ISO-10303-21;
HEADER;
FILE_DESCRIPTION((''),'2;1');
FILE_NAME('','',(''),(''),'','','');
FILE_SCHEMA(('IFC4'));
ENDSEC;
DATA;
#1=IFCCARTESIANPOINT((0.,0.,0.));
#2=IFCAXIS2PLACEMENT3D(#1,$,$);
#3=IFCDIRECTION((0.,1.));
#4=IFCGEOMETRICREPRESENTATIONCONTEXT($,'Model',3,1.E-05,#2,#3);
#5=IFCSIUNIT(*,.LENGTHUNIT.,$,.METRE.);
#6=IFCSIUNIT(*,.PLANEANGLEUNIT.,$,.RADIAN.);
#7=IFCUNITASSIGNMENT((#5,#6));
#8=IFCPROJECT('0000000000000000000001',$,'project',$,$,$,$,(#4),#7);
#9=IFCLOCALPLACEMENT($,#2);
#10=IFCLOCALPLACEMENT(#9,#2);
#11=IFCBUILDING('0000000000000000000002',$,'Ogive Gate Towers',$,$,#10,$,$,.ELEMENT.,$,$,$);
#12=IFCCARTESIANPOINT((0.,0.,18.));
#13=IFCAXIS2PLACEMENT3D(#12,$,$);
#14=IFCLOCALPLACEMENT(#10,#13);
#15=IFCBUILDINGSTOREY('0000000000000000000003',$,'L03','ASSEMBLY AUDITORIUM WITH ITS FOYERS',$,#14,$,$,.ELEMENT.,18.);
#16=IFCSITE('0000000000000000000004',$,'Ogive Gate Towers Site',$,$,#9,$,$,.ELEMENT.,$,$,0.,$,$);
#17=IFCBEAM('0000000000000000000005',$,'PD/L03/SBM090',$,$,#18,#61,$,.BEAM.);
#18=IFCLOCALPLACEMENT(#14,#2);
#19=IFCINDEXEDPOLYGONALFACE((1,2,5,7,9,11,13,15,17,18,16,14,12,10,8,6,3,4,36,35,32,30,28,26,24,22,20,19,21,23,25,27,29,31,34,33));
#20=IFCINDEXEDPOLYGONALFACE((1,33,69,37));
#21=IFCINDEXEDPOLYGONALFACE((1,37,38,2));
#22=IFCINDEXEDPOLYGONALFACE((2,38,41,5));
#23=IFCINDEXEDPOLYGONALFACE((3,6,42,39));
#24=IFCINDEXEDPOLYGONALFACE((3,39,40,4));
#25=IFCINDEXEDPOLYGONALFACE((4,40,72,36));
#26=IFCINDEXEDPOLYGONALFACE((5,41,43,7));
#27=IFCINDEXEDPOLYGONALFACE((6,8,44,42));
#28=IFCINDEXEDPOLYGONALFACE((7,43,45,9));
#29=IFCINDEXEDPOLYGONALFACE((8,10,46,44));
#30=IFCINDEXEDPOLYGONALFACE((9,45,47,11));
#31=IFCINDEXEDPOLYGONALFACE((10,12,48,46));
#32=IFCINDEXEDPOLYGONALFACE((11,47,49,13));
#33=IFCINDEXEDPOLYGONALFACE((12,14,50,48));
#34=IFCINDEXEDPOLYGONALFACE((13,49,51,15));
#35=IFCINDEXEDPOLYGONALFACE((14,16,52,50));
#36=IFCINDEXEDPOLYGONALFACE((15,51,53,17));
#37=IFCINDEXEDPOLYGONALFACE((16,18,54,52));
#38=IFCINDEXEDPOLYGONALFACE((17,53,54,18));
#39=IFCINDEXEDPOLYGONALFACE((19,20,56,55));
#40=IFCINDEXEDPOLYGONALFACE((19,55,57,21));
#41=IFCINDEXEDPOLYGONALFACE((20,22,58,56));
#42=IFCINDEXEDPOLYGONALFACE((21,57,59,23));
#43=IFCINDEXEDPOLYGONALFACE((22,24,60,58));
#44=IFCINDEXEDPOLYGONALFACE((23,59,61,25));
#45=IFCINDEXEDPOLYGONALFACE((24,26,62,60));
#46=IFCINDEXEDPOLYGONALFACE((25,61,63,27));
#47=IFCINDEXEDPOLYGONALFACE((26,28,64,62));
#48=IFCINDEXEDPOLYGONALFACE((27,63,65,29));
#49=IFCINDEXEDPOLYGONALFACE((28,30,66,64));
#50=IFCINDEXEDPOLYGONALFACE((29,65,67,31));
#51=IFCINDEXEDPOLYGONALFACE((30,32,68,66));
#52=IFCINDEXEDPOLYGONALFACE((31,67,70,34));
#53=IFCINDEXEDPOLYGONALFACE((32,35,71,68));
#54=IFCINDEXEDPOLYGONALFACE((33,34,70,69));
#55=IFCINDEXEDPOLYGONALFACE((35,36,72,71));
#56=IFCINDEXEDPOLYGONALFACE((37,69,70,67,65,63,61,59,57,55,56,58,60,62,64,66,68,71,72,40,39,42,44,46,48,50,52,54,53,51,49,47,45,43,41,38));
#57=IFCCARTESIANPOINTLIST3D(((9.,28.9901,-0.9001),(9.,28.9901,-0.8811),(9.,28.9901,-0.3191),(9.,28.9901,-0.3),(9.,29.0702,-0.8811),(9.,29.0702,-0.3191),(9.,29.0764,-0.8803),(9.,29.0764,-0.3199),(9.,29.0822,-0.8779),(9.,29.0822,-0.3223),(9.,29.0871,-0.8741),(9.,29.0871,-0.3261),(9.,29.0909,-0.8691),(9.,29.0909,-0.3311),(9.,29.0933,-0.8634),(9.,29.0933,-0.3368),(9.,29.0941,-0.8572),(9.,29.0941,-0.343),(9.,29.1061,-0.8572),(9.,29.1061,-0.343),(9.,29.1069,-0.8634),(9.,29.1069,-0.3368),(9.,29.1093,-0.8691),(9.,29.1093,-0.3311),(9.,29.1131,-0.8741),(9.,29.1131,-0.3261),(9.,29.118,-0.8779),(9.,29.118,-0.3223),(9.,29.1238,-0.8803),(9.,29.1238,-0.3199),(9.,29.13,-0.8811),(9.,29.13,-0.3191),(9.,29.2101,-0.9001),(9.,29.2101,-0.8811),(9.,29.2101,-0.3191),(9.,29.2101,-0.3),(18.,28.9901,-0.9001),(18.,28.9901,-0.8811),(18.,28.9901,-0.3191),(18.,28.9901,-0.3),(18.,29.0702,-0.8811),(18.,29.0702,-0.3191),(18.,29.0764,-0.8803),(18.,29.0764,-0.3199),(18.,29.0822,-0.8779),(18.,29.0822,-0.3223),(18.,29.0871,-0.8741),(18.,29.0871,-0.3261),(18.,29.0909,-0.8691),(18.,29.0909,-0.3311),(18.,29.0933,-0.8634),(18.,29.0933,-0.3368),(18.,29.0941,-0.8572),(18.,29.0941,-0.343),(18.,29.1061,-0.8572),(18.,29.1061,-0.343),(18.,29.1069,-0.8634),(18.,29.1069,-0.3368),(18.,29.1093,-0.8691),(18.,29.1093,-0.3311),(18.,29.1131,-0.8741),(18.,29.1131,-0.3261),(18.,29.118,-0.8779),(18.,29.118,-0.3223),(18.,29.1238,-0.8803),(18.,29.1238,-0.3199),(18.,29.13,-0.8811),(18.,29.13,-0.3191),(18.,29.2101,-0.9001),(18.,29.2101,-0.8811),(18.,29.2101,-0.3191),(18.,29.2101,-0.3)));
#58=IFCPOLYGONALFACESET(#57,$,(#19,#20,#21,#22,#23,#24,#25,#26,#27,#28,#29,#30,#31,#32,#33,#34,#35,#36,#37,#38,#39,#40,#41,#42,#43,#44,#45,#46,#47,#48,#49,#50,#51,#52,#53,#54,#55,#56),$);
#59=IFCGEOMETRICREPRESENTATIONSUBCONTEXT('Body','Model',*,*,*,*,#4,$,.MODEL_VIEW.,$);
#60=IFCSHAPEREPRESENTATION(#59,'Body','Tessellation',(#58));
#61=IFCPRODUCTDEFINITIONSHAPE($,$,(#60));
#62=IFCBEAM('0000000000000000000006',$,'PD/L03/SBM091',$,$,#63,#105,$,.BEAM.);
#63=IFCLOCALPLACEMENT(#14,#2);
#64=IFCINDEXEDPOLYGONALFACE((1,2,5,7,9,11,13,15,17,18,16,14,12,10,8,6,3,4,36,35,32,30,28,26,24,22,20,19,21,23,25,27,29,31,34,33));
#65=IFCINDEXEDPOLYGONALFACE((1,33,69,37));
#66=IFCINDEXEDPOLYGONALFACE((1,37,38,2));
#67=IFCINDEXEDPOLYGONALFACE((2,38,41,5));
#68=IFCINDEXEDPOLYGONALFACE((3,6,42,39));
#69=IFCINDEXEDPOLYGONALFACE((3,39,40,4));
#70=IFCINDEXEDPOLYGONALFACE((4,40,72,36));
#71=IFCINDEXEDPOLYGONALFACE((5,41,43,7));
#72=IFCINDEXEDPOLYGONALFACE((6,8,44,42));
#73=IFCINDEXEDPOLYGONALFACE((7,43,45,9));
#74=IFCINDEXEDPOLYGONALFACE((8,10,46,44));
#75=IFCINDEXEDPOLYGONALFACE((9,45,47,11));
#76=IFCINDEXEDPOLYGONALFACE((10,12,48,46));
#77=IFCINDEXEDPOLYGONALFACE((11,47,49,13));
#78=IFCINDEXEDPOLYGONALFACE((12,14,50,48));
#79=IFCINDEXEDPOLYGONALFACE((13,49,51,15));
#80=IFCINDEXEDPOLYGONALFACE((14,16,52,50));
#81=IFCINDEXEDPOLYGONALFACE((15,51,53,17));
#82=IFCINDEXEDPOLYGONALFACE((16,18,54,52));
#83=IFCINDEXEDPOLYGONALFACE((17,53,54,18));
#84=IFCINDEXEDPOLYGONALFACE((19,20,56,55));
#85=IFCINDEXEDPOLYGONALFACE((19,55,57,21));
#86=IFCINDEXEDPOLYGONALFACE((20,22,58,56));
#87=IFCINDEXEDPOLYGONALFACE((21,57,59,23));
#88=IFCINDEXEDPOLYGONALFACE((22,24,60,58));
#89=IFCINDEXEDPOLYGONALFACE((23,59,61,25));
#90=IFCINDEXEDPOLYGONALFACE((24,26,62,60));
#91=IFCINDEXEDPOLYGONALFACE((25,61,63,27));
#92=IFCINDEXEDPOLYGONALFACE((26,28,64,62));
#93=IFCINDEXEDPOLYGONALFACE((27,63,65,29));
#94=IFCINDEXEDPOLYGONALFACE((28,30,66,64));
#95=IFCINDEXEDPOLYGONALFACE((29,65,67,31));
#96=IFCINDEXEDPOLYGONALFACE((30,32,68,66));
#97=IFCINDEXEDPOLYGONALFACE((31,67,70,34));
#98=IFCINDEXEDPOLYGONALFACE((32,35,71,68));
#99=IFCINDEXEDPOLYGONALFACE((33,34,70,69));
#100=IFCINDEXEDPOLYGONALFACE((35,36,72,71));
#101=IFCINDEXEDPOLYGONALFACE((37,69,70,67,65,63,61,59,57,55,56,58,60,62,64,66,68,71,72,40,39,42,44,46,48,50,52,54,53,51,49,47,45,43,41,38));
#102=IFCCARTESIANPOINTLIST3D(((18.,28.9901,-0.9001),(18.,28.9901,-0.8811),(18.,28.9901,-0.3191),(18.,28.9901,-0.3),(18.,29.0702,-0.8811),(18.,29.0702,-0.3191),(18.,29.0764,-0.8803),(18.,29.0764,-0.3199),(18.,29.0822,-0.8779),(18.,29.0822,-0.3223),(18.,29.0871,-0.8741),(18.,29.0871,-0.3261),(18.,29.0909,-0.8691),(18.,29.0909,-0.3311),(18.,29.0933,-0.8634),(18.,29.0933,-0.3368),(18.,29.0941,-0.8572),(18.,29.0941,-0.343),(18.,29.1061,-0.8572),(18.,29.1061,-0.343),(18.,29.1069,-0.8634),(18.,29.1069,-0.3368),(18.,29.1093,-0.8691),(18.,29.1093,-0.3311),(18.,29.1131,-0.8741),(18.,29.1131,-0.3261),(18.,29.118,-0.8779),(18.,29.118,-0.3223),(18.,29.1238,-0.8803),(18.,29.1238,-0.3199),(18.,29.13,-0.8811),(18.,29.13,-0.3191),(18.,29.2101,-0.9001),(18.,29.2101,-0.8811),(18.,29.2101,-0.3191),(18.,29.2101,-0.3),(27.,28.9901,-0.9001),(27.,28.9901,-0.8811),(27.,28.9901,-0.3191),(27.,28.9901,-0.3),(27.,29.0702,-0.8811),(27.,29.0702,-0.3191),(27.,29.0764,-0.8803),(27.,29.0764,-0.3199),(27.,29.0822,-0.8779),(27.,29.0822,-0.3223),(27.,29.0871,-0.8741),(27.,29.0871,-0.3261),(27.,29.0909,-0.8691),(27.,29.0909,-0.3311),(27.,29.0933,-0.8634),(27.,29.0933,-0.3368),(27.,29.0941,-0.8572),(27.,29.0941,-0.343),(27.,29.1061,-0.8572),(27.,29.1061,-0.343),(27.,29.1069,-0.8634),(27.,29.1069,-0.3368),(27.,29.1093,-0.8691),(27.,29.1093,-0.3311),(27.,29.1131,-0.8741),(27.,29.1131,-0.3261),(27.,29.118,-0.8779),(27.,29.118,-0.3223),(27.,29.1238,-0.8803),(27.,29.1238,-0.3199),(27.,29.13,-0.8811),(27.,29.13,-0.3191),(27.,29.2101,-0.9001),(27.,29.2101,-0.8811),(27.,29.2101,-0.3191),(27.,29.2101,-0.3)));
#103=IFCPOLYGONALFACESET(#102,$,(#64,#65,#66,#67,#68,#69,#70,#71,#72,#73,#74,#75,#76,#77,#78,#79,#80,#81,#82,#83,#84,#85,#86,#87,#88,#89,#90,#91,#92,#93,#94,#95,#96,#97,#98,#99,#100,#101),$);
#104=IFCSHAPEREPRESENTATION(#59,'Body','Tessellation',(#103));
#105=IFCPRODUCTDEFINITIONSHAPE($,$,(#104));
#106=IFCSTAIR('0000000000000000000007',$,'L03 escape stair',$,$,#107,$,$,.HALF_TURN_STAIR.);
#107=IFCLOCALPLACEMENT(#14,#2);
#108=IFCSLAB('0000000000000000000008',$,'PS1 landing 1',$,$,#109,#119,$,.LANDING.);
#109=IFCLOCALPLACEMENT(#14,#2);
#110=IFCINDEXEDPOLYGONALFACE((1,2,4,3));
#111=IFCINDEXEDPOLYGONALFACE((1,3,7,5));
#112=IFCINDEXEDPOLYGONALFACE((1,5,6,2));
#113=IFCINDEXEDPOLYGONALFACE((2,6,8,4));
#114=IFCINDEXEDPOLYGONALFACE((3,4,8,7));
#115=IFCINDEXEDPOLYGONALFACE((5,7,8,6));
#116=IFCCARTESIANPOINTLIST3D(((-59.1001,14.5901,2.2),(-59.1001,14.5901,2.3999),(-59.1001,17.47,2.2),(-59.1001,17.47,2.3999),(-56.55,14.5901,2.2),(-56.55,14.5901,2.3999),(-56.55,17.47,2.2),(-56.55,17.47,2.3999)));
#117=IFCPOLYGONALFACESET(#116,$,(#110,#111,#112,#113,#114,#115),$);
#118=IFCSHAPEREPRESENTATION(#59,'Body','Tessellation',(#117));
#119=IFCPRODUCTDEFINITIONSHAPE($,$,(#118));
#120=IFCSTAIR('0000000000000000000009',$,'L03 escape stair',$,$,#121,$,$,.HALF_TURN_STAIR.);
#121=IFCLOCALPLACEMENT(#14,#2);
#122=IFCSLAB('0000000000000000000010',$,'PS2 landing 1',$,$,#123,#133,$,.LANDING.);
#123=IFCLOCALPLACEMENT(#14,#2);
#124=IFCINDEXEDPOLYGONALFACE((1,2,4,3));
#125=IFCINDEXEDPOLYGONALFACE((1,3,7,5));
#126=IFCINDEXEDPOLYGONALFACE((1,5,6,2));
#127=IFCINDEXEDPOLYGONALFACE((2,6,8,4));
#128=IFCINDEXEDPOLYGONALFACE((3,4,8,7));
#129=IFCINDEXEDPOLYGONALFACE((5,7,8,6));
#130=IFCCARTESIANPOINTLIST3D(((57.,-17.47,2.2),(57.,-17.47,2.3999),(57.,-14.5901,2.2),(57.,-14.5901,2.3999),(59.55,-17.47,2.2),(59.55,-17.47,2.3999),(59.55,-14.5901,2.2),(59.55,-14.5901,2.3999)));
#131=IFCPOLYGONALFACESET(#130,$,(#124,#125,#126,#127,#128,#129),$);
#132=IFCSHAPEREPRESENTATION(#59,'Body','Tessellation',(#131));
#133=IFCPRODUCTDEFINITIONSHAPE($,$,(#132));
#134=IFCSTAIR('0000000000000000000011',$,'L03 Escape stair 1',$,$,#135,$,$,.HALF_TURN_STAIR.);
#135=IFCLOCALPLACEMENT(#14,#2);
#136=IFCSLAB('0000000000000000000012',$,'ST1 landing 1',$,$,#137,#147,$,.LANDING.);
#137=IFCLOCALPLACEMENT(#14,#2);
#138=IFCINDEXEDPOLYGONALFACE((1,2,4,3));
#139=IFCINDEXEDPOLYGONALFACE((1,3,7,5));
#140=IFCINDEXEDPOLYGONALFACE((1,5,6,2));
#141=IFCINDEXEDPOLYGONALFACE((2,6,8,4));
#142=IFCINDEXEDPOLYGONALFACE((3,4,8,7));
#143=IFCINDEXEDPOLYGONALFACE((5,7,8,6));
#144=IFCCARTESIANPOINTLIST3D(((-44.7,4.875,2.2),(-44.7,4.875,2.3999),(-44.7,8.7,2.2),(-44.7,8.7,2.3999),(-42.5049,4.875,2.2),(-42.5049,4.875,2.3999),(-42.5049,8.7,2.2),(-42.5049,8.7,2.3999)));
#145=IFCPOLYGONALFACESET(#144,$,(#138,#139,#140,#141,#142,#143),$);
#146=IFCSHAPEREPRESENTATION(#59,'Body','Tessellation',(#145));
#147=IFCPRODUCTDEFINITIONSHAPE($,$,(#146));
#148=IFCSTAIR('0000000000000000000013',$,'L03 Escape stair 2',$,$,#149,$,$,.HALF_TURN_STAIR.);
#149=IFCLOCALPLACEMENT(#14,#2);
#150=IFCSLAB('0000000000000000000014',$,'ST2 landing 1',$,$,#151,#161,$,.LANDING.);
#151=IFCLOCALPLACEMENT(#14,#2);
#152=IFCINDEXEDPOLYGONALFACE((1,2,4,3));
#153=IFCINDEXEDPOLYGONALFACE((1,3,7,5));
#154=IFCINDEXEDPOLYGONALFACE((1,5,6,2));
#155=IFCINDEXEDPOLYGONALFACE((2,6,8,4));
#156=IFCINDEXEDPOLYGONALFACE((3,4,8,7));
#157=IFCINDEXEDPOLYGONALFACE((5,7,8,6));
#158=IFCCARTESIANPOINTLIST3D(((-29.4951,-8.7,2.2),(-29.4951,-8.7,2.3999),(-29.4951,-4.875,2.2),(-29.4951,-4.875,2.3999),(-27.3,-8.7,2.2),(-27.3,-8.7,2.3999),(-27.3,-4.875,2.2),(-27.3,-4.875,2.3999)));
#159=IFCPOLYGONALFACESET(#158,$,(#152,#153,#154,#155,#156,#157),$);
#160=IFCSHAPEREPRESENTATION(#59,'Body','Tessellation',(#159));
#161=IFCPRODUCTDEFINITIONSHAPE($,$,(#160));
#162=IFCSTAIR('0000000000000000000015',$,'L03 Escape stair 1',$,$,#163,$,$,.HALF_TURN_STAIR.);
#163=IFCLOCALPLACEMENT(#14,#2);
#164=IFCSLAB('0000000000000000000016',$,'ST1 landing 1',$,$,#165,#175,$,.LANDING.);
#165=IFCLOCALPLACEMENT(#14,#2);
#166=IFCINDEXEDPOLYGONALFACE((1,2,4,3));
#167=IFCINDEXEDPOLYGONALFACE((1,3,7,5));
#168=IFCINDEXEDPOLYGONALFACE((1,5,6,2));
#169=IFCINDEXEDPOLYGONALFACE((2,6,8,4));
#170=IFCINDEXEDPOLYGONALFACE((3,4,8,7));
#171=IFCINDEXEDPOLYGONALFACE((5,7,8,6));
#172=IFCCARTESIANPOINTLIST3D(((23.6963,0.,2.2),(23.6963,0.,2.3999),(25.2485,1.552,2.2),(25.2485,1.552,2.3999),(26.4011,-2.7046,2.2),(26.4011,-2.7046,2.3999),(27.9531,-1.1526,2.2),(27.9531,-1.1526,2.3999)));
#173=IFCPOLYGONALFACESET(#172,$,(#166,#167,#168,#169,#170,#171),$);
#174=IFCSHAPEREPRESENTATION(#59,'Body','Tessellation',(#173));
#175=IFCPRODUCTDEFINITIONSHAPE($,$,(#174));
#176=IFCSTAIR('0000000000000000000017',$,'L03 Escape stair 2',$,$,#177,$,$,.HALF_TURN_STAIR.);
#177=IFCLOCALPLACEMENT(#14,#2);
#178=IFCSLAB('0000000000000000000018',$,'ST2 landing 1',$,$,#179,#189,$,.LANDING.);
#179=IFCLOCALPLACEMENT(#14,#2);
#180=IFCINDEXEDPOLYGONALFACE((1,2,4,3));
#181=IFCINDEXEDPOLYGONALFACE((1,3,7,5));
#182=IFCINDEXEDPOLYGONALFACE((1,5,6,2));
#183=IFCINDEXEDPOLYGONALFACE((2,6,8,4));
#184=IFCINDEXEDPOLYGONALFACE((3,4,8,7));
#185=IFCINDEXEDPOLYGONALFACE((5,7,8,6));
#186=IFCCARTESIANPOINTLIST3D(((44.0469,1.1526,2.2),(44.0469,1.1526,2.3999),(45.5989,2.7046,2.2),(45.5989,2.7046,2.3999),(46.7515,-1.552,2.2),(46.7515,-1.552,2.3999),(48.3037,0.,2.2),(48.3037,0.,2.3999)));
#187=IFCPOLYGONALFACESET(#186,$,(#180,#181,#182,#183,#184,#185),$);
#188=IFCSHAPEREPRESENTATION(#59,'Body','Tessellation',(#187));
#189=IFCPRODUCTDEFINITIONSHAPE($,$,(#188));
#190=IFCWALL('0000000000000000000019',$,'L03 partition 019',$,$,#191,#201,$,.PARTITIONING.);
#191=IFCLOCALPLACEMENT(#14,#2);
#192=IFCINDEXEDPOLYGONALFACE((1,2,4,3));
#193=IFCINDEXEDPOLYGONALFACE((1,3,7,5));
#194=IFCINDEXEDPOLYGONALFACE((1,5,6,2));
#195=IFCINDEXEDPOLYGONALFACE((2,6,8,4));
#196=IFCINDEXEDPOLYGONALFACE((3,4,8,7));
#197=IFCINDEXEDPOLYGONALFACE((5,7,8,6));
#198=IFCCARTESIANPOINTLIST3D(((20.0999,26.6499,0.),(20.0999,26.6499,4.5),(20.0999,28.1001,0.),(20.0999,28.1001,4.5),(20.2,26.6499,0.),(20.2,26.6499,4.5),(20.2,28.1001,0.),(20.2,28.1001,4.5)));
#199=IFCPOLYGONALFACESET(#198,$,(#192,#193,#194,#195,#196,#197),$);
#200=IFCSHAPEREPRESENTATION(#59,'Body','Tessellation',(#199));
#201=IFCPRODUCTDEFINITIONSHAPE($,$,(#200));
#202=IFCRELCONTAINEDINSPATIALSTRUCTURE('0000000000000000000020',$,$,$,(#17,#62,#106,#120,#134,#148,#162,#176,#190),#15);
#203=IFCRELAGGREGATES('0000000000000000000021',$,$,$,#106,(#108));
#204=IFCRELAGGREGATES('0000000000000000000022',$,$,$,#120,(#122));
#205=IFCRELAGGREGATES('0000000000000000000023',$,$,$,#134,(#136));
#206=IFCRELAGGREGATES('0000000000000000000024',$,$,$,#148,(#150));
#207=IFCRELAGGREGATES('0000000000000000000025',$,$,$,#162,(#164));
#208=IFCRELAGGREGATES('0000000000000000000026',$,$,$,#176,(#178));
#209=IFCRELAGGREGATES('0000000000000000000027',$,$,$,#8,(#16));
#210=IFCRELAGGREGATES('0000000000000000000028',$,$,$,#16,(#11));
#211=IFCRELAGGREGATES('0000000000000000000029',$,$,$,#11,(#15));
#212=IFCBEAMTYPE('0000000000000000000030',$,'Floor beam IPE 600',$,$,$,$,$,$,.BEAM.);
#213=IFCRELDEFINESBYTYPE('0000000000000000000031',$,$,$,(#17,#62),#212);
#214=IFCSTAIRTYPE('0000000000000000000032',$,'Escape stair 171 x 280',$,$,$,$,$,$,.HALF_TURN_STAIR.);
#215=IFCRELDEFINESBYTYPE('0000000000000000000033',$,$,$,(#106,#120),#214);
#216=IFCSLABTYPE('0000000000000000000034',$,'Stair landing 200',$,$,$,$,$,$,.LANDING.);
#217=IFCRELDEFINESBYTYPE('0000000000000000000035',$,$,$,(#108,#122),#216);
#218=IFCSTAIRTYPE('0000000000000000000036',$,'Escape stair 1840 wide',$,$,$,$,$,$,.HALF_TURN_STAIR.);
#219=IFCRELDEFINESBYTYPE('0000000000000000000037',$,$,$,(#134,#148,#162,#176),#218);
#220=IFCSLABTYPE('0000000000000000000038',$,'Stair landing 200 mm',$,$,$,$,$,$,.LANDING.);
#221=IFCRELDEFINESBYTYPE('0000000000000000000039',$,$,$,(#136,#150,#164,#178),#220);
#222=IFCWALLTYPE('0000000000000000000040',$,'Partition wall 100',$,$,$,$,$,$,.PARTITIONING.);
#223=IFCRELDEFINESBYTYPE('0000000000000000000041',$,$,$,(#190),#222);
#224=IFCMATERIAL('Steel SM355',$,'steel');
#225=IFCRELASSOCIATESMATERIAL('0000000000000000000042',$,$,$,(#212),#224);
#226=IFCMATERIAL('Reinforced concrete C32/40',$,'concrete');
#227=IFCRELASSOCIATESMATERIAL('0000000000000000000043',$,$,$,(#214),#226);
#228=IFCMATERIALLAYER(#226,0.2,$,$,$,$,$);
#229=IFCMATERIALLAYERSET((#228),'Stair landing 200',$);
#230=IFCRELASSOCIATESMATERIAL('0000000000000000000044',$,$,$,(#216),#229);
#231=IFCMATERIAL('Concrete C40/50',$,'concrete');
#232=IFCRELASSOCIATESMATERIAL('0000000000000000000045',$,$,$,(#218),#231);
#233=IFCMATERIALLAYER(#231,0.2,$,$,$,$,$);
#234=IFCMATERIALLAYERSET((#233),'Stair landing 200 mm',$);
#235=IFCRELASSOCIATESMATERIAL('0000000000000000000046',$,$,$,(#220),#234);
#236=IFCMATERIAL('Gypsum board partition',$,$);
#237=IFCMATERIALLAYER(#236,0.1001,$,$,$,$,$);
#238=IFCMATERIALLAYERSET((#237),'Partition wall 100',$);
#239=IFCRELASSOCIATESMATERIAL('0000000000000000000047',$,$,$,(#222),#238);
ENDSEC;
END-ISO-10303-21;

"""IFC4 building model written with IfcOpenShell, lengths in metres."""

from ifc_helpers import new_model, si_unit, direction, frame, frame_2d, origin, origin_2d, place, context, subcontext, project, spatial, polyline, rectangle, i_section, outline, extrude, material, layer, layer_set, material_profile, profile_set, type_object, element, aggregate, save


model = new_model("IFC4")

# Units and contexts
model_context = context("Model", 3, precision=1e-05, world=origin(), true_north=direction((0.0, 1.0)))
body_context = subcontext(model_context, "Body", "Model", "MODEL_VIEW")
ifc_project = project(units=[si_unit("LENGTHUNIT", "METRE"), si_unit("PLANEANGLEUNIT", "RADIAN")], contexts=[model_context])

# Site, building, storey
site_placement = place(None, origin())
site = spatial("IfcSite", under=ifc_project, at=site_placement, Name="Ogive Gate Towers Site", CompositionType="ELEMENT", RefElevation=0.0)
building_placement = place(site_placement, origin())
building = spatial("IfcBuilding", under=site, at=building_placement, Name="Ogive Gate Towers", CompositionType="ELEMENT")
storey_placement = place(building_placement, frame((0.0, 0.0, 18.0)))
storey = spatial("IfcBuildingStorey", under=building, at=storey_placement, Name="L03", Description="ASSEMBLY AUDITORIUM WITH ITS FOYERS", CompositionType="ELEMENT", Elevation=18.0)

# Beams
ifc_material_1 = material(Name="Steel SM355", Category="steel")
ifc_material_profile_1 = material_profile(ifc_material_1, i_section(OverallWidth=0.22, OverallDepth=0.6001, WebThickness=0.012, FlangeThickness=0.019, FilletRadius=0.0239, at=origin_2d()), Name="IPE 600")
ifc_profile_set_1 = profile_set([ifc_material_profile_1], Name="Steel SM355")
beam_type_1 = type_object("IfcBeamType", Name="Floor beam IPE 600", PredefinedType="BEAM", material=ifc_profile_set_1)
for number, where, z_axis, x_axis, name in (
    (1, (9.0, 29.1001, -0.6001), (1.0, 0.0, 0.0), (0.0, 1.0, 0.0), "PD/L03/SBM090"),
    (2, (18.0, 29.1001, -0.6001), (1.0, 0.0, 0.0), (0.0, 1.0, 0.0), "PD/L03/SBM091"),
):
    element("IfcBeam", number, at=place(storey_placement, frame(where, z_axis=z_axis, x_axis=x_axis)), inside=storey, type_object=beam_type_1, Name=name, PredefinedType="BEAM", context=body_context, shape_type="SweptSolid", body=[
        extrude(i_section(OverallWidth=0.22, OverallDepth=0.6001, WebThickness=0.012, FlangeThickness=0.019, FilletRadius=0.0239, at=origin_2d()), origin(), (0.0, 0.0, 1.0), 9.0),
    ])

# Stairs, slabs
ifc_material_2 = material(Name="Reinforced concrete C32/40", Category="concrete")
stair_type_1 = type_object("IfcStairType", Name="Escape stair 171 x 280", PredefinedType="HALF_TURN_STAIR", material=ifc_material_2)
stair_1_placement = place(storey_placement, origin())
stair_1 = element("IfcStair", 3, at=stair_1_placement, inside=storey, type_object=stair_type_1, Name="L03 escape stair", PredefinedType="HALF_TURN_STAIR")
ifc_layer_1 = layer(ifc_material_2, 0.2)
ifc_layer_set_1 = layer_set([ifc_layer_1], Name="Stair landing 200")
slab_type_1 = type_object("IfcSlabType", Name="Stair landing 200", PredefinedType="LANDING", material=ifc_layer_set_1)
slab_1_placement = place(storey_placement, frame((0.0, 0.0, 2.2)))
slab_1 = element("IfcSlab", 4, at=slab_1_placement, type_object=slab_type_1, Name="PS1 landing 1", PredefinedType="LANDING", context=body_context, shape_type="SweptSolid", body=[
    extrude(outline(polyline([(-56.55, 14.5901), (-56.55, 17.47), (-59.1001, 17.47), (-59.1001, 14.5901), (-56.55, 14.5901)])), origin(), (0.0, 0.0, 1.0), 0.2),
])
aggregate(stair_1, [slab_1])
stair_2_placement = place(storey_placement, origin())
stair_2 = element("IfcStair", 5, at=stair_2_placement, inside=storey, type_object=stair_type_1, Name="L03 escape stair", PredefinedType="HALF_TURN_STAIR")
slab_2_placement = place(storey_placement, frame((0.0, 0.0, 2.2)))
slab_2 = element("IfcSlab", 6, at=slab_2_placement, type_object=slab_type_1, Name="PS2 landing 1", PredefinedType="LANDING", context=body_context, shape_type="SweptSolid", body=[
    extrude(outline(polyline([(57.0, -14.5901), (57.0, -17.47), (59.55, -17.47), (59.55, -14.5901), (57.0, -14.5901)])), origin(), (0.0, 0.0, 1.0), 0.2),
])
aggregate(stair_2, [slab_2])
ifc_material_3 = material(Name="Concrete C40/50", Category="concrete")
stair_type_2 = type_object("IfcStairType", Name="Escape stair 1840 wide", PredefinedType="HALF_TURN_STAIR", material=ifc_material_3)
stair_3_placement = place(storey_placement, origin())
stair_3 = element("IfcStair", 7, at=stair_3_placement, inside=storey, type_object=stair_type_2, Name="L03 Escape stair 1", PredefinedType="HALF_TURN_STAIR")
ifc_layer_2 = layer(ifc_material_3, 0.2)
ifc_layer_set_2 = layer_set([ifc_layer_2], Name="Stair landing 200 mm")
slab_type_2 = type_object("IfcSlabType", Name="Stair landing 200 mm", PredefinedType="LANDING", material=ifc_layer_set_2)
slab_3_placement = place(storey_placement, frame((0.0, 0.0, 2.2)))
slab_3 = element("IfcSlab", 8, at=slab_3_placement, type_object=slab_type_2, Name="ST1 landing 1", PredefinedType="LANDING", context=body_context, shape_type="SweptSolid", body=[
    extrude(outline(polyline([(-42.5049, 8.7), (-44.7, 8.7), (-44.7, 4.875), (-42.5049, 4.875), (-42.5049, 8.7)])), origin(), (0.0, 0.0, 1.0), 0.2),
])
aggregate(stair_3, [slab_3])
stair_4_placement = place(storey_placement, origin())
stair_4 = element("IfcStair", 9, at=stair_4_placement, inside=storey, type_object=stair_type_2, Name="L03 Escape stair 2", PredefinedType="HALF_TURN_STAIR")
slab_4_placement = place(storey_placement, frame((0.0, 0.0, 2.2)))
slab_4 = element("IfcSlab", 10, at=slab_4_placement, type_object=slab_type_2, Name="ST2 landing 1", PredefinedType="LANDING", context=body_context, shape_type="SweptSolid", body=[
    extrude(outline(polyline([(-29.4951, -8.7), (-27.3, -8.7), (-27.3, -4.875), (-29.4951, -4.875), (-29.4951, -8.7)])), origin(), (0.0, 0.0, 1.0), 0.2),
])
aggregate(stair_4, [slab_4])
stair_5_placement = place(storey_placement, origin())
stair_5 = element("IfcStair", 11, at=stair_5_placement, inside=storey, type_object=stair_type_2, Name="L03 Escape stair 1", PredefinedType="HALF_TURN_STAIR")
slab_5_placement = place(storey_placement, frame((0.0, 0.0, 2.2)))
slab_5 = element("IfcSlab", 12, at=slab_5_placement, type_object=slab_type_2, Name="ST1 landing 1", PredefinedType="LANDING", context=body_context, shape_type="SweptSolid", body=[
    extrude(outline(polyline([(25.2485, 1.552), (23.6963, 0.0), (26.4011, -2.7046), (27.9531, -1.1526), (25.2485, 1.552)])), origin(), (0.0, 0.0, 1.0), 0.2),
])
aggregate(stair_5, [slab_5])
stair_6_placement = place(storey_placement, origin())
stair_6 = element("IfcStair", 13, at=stair_6_placement, inside=storey, type_object=stair_type_2, Name="L03 Escape stair 2", PredefinedType="HALF_TURN_STAIR")
slab_6_placement = place(storey_placement, frame((0.0, 0.0, 2.2)))
slab_6 = element("IfcSlab", 14, at=slab_6_placement, type_object=slab_type_2, Name="ST2 landing 1", PredefinedType="LANDING", context=body_context, shape_type="SweptSolid", body=[
    extrude(outline(polyline([(46.7515, -1.552), (48.3037, 0.0), (45.5989, 2.7046), (44.0469, 1.1526), (46.7515, -1.552)])), origin(), (0.0, 0.0, 1.0), 0.2),
])
aggregate(stair_6, [slab_6])

# Wall
ifc_material_4 = material(Name="Gypsum board partition")
ifc_layer_3 = layer(ifc_material_4, 0.1001)
ifc_layer_set_3 = layer_set([ifc_layer_3], Name="Partition wall 100")
wall_type_1 = type_object("IfcWallType", Name="Partition wall 100", PredefinedType="PARTITIONING", material=ifc_layer_set_3)
wall_1_placement = place(storey_placement, frame((20.1499, 26.6499, 0.0), z_axis=(0.0, 0.0, 1.0), x_axis=(0.0, 1.0, 0.0)))
element("IfcWall", 15, at=wall_1_placement, inside=storey, type_object=wall_type_1, Name="L03 partition 019", PredefinedType="PARTITIONING", context=body_context, shape_type="SweptSolid", body=[
    extrude(rectangle(XDim=1.4502, YDim=0.1001, at=frame_2d((0.7251, 0.0))), origin(), (0.0, 0.0, 1.0), 4.5),
])

save(model, "model.ifc")
